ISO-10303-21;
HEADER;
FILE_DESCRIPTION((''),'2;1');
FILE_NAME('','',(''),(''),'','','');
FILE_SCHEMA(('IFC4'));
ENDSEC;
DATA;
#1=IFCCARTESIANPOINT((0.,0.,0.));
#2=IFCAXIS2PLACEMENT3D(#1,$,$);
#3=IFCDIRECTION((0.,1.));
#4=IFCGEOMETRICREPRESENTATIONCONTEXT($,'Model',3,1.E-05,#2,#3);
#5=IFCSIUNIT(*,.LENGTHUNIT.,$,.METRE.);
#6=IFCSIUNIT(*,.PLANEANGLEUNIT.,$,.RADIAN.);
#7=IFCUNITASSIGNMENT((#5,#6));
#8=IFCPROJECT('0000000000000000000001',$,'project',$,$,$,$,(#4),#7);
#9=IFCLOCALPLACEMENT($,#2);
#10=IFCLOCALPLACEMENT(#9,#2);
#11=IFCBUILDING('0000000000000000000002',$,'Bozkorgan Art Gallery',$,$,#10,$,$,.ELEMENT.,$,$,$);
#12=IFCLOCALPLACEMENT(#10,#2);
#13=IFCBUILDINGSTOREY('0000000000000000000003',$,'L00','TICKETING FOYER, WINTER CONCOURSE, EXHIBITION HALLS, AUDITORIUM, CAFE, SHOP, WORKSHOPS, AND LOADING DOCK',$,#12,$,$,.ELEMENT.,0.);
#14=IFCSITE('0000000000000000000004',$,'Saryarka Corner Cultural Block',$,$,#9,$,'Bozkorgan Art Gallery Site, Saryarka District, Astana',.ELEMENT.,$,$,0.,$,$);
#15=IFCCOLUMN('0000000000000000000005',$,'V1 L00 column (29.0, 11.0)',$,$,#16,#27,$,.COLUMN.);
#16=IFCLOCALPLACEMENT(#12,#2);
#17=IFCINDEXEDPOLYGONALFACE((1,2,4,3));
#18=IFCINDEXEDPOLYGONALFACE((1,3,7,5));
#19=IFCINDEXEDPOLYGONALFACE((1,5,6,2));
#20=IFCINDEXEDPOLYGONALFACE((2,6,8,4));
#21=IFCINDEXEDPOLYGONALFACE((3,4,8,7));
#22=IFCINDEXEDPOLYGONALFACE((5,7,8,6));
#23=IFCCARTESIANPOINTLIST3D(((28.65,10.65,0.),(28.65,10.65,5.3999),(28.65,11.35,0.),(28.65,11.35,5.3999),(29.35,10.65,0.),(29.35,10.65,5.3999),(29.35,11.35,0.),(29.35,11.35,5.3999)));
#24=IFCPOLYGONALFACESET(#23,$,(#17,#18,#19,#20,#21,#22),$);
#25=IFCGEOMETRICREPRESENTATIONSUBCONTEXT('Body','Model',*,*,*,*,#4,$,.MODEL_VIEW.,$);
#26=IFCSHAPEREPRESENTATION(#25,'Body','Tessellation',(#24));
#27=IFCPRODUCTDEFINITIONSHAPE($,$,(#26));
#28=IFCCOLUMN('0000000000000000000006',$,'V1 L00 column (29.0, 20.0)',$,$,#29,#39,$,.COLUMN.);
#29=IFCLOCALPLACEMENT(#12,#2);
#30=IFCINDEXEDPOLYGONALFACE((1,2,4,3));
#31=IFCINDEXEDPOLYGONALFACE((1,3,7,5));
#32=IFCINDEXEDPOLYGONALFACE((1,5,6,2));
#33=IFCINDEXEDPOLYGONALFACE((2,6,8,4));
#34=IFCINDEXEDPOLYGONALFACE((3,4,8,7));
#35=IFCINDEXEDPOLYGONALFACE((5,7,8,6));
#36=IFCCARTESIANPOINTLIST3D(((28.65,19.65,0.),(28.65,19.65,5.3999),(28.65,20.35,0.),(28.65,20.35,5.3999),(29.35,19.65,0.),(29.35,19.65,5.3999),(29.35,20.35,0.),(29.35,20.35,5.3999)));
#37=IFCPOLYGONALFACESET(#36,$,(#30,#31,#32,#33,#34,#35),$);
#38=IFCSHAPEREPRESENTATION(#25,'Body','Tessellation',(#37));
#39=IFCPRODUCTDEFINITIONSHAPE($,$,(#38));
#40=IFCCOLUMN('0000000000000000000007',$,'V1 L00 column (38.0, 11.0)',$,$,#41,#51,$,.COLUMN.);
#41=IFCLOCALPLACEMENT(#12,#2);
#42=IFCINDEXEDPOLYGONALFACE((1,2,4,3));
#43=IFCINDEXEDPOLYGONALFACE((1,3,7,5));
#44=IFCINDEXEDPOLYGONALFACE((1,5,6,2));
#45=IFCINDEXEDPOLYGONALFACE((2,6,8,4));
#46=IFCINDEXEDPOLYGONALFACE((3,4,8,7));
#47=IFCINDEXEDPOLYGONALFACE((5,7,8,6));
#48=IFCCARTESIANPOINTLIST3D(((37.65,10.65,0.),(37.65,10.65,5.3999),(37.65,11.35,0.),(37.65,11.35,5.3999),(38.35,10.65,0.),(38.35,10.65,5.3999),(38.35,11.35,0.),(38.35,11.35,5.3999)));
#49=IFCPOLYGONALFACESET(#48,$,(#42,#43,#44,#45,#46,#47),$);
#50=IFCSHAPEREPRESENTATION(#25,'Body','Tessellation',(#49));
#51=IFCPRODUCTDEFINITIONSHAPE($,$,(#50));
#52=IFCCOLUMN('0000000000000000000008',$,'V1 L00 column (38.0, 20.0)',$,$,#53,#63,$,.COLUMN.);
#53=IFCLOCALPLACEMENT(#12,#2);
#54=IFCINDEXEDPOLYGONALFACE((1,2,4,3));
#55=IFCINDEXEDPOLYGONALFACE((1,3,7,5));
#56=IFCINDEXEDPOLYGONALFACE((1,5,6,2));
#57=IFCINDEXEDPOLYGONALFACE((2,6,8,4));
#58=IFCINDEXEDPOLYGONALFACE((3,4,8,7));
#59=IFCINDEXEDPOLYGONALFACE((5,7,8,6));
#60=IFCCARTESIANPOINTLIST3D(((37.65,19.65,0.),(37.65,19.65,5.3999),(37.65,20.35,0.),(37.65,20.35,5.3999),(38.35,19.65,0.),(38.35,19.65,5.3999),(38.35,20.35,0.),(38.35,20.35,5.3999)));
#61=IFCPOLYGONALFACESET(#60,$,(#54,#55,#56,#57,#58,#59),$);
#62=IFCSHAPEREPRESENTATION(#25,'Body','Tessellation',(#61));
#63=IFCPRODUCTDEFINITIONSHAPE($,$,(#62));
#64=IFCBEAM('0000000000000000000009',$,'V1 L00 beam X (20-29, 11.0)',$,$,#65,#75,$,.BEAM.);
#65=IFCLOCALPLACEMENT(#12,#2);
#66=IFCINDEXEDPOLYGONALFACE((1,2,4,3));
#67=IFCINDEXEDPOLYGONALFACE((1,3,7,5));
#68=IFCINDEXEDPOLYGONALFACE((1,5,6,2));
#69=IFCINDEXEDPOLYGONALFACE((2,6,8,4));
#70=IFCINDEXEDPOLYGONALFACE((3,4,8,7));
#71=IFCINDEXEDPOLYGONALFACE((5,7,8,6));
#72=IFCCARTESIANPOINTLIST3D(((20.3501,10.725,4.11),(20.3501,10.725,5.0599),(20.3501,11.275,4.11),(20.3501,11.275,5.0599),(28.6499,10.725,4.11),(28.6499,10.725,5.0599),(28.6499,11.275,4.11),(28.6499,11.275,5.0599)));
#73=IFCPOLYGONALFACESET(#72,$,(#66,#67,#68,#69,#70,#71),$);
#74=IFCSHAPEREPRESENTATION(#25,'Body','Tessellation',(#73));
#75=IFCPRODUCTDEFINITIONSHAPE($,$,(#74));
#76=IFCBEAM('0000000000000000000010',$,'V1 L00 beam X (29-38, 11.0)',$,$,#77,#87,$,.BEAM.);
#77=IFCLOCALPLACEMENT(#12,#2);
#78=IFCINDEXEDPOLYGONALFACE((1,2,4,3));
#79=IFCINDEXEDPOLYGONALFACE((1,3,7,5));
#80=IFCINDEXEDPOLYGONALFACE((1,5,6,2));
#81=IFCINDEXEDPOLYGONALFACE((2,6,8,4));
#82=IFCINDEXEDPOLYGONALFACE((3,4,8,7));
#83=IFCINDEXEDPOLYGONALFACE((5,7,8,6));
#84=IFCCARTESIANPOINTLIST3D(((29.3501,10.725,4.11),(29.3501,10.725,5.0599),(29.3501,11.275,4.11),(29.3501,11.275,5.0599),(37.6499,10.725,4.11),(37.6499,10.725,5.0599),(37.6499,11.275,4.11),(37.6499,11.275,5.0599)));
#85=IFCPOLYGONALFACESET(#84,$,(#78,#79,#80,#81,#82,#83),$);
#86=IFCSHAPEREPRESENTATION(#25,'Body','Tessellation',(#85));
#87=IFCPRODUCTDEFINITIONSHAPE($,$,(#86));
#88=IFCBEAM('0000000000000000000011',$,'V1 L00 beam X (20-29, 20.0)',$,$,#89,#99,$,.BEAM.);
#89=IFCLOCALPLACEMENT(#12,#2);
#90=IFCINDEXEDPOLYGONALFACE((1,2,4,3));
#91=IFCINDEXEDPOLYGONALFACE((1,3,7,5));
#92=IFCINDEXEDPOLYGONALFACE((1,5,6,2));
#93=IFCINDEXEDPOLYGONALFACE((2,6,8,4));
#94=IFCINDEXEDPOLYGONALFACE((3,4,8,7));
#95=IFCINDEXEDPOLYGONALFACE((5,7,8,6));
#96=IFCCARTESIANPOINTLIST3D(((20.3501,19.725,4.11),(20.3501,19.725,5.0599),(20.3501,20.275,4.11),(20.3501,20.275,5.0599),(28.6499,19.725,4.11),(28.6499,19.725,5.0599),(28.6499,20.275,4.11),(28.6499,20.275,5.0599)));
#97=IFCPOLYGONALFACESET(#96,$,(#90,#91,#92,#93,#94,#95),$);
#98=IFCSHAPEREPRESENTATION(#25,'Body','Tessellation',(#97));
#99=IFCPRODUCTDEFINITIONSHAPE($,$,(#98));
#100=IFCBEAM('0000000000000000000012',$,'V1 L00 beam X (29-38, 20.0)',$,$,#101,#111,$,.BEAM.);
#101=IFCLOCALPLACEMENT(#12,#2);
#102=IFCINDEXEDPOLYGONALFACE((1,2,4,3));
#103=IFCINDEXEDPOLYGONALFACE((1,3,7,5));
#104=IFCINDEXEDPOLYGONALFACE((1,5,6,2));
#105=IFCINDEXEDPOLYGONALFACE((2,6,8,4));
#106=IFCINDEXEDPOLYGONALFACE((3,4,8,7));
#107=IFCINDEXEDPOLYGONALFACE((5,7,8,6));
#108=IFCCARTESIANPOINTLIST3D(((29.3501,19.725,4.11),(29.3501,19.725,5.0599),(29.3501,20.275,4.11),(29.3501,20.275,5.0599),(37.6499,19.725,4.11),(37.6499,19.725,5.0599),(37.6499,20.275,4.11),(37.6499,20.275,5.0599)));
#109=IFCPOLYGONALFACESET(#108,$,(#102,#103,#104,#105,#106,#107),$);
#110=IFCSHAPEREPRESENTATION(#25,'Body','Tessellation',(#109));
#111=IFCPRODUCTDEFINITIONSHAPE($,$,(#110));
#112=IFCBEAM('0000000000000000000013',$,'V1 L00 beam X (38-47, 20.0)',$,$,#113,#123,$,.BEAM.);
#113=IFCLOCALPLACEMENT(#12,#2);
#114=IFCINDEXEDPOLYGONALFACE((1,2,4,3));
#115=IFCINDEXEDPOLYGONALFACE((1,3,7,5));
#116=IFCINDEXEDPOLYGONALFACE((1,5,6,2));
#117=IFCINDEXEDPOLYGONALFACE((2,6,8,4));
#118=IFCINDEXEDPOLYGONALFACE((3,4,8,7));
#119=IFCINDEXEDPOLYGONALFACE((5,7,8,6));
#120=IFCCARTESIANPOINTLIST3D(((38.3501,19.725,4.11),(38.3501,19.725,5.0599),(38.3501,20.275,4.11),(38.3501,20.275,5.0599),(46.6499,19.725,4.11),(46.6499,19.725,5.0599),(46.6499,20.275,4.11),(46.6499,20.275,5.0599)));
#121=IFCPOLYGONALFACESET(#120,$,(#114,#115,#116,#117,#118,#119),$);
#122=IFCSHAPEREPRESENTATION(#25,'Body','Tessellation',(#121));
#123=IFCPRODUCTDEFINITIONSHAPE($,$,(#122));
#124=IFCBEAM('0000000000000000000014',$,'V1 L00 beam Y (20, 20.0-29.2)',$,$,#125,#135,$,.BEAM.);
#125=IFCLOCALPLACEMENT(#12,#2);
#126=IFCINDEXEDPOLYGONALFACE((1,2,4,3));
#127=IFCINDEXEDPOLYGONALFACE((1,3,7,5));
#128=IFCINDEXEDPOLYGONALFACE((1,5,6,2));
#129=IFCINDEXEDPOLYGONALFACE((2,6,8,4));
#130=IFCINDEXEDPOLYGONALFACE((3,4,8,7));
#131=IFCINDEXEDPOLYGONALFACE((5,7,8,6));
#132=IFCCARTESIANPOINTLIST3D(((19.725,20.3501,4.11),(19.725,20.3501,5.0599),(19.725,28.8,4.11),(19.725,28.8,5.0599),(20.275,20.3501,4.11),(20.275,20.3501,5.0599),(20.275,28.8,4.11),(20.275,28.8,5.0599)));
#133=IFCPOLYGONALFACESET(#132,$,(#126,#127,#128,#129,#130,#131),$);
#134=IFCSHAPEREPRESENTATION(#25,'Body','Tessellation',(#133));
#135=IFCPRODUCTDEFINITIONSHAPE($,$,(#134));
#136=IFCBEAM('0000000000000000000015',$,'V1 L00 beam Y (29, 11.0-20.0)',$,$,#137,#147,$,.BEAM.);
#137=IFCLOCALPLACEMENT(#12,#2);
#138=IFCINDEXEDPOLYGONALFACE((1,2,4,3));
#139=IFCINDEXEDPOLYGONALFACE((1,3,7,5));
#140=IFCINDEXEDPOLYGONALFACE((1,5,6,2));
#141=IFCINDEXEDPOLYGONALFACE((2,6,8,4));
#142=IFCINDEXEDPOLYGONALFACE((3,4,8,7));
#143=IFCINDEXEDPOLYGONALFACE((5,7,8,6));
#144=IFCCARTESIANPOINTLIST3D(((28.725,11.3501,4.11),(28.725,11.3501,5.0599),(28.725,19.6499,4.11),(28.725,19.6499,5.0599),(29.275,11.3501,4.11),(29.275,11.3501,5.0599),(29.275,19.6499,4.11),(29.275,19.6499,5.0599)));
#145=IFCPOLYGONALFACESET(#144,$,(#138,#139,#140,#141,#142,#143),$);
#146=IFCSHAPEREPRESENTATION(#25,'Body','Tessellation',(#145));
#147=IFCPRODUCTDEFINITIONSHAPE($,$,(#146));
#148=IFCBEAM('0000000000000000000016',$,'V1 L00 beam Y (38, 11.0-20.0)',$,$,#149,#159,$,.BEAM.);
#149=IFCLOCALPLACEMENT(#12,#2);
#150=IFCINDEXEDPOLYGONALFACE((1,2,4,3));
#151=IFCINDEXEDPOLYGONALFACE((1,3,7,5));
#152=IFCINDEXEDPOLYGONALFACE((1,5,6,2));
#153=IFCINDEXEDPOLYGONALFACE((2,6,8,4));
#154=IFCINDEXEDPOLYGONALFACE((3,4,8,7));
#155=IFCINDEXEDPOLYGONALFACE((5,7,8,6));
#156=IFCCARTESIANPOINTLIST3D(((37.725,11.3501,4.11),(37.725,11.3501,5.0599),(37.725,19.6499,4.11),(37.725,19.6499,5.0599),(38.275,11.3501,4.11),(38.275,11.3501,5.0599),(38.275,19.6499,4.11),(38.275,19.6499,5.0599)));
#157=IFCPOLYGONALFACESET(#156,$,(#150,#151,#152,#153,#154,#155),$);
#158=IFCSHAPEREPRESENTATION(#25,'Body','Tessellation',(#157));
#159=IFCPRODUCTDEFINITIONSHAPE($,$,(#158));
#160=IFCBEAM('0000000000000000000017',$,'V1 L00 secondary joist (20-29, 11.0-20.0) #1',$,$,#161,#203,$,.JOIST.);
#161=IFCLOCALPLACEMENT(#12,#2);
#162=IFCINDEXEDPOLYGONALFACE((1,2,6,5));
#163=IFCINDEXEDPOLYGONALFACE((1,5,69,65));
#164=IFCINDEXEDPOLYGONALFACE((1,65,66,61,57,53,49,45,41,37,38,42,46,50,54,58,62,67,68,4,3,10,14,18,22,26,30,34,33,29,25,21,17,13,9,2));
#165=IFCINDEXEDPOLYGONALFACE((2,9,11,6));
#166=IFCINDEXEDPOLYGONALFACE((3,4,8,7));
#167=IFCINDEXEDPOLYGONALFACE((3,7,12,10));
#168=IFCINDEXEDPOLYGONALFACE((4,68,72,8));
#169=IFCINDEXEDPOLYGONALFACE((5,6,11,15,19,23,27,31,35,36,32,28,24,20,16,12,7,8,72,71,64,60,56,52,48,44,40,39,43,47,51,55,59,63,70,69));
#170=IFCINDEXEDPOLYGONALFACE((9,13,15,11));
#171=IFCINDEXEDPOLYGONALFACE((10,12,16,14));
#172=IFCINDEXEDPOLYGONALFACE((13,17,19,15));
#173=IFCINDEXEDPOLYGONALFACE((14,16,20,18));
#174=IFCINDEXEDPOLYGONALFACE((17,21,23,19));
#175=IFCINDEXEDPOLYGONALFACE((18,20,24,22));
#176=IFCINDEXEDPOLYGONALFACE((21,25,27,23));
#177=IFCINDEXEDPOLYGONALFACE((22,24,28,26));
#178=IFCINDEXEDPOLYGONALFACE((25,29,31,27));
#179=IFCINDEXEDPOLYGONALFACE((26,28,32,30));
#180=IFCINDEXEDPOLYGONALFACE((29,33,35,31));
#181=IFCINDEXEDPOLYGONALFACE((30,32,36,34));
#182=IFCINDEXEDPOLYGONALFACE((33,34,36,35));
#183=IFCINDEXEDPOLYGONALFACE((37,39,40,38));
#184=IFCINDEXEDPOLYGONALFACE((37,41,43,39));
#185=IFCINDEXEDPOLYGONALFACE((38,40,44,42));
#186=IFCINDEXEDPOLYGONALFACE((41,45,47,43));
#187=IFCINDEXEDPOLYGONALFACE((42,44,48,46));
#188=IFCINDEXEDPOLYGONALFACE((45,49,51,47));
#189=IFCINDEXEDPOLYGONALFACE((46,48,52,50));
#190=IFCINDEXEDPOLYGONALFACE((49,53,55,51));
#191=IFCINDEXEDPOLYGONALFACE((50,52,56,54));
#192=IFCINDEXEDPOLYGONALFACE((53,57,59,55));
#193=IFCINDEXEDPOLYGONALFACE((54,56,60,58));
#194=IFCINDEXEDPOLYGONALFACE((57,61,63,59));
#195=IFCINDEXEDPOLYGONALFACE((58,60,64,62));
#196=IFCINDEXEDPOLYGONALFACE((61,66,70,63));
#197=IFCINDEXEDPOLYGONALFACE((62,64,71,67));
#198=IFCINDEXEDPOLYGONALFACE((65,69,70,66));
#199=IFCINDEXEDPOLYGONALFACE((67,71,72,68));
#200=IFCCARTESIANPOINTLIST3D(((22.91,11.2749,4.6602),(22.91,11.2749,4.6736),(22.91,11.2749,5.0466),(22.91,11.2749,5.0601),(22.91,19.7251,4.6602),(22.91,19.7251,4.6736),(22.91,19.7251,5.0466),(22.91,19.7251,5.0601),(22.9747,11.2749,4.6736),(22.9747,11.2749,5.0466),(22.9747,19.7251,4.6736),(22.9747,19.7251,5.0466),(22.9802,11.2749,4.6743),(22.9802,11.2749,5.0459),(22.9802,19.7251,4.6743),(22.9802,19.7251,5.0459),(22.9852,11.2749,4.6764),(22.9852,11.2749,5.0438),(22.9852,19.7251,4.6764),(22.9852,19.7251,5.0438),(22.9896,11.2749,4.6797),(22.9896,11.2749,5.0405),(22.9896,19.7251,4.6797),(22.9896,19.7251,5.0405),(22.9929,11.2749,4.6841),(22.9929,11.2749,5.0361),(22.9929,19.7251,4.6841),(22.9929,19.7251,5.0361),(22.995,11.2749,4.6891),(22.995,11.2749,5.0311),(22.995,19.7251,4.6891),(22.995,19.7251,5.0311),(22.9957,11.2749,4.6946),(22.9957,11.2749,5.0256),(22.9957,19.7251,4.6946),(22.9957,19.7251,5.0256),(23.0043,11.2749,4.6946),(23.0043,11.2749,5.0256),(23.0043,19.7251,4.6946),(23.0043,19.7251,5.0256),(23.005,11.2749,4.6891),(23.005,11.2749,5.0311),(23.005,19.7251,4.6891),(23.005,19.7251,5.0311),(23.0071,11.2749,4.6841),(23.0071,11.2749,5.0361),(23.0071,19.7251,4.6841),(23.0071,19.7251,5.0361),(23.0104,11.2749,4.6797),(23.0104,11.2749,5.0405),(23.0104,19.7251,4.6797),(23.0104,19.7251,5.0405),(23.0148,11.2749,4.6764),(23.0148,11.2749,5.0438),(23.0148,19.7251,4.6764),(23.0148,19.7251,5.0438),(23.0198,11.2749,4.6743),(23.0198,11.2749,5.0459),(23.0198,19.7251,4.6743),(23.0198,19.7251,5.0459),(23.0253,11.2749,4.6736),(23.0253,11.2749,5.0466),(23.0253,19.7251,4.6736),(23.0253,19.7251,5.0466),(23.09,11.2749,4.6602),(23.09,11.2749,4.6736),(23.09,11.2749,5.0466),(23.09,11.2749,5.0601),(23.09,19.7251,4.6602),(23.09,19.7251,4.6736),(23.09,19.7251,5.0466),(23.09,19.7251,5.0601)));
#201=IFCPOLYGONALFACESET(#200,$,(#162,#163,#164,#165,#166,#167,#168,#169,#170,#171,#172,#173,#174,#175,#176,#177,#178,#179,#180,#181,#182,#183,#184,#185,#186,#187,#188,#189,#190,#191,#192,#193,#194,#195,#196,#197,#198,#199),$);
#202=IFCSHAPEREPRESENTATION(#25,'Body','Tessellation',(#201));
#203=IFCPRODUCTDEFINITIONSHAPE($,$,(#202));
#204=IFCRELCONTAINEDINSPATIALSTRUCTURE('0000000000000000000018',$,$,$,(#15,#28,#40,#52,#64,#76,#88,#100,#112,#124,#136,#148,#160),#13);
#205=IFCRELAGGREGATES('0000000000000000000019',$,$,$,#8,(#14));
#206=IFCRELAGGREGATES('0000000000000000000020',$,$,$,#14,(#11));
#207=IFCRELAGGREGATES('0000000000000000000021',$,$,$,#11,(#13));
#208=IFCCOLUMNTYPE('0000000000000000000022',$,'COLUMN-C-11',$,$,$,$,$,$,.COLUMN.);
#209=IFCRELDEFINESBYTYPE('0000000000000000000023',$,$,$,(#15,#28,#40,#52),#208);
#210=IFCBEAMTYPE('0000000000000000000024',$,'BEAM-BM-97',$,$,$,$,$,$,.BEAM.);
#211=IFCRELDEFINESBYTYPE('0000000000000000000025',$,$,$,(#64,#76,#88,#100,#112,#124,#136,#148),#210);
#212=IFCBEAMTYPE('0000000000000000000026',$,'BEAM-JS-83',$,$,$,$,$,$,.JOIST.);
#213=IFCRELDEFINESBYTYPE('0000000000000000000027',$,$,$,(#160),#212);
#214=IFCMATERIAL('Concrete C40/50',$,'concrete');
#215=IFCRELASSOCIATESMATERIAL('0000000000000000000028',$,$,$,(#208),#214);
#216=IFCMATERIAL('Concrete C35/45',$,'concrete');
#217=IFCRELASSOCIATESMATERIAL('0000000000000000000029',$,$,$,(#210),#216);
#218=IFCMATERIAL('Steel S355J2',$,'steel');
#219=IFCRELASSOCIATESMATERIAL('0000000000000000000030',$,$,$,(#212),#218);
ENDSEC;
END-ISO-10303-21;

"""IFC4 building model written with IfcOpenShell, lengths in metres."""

from ifc_helpers import new_model, si_unit, direction, frame, origin, origin_2d, place, context, subcontext, project, spatial, rectangle, i_section, extrude, material, material_profile, profile_set, type_object, element, save


model = new_model("IFC4")

# Units and contexts
model_context = context("Model", 3, precision=1e-05, world=origin(), true_north=direction((0.0, 1.0)))
body_context = subcontext(model_context, "Body", "Model", "MODEL_VIEW")
ifc_project = project(units=[si_unit("LENGTHUNIT", "METRE"), si_unit("PLANEANGLEUNIT", "RADIAN")], contexts=[model_context])

# Site, building, storey
site_placement = place(None, origin())
site = spatial("IfcSite", under=ifc_project, at=site_placement, Name="Saryarka Corner Cultural Block", LongName="Bozkorgan Art Gallery Site, Saryarka District, Astana", CompositionType="ELEMENT", RefElevation=0.0)
building_placement = place(site_placement, origin())
building = spatial("IfcBuilding", under=site, at=building_placement, Name="Bozkorgan Art Gallery", CompositionType="ELEMENT")
storey_placement = place(building_placement, origin())
storey = spatial("IfcBuildingStorey", under=building, at=storey_placement, Name="L00", Description="TICKETING FOYER, WINTER CONCOURSE, EXHIBITION HALLS, AUDITORIUM, CAFE, SHOP, WORKSHOPS, AND LOADING DOCK", CompositionType="ELEMENT", Elevation=0.0)

# Columns
ifc_material_1 = material(Name="Concrete C40/50", Category="concrete")
ifc_material_profile_1 = material_profile(ifc_material_1, rectangle(XDim=0.7, YDim=0.7, at=origin_2d()), Name="RC 700x700")
ifc_profile_set_1 = profile_set([ifc_material_profile_1], Name="Concrete C40/50")
column_type = type_object("IfcColumnType", Name="COLUMN-C-11", PredefinedType="COLUMN", material=ifc_profile_set_1)
for number, where, z_axis, x_axis, name in (
    (1, (29.0, 11.0, 0.0), (0.0, 0.0, 1.0), (1.0, 0.0, 0.0), "V1 L00 column (29.0, 11.0)"),
    (2, (29.0, 20.0, 0.0), (0.0, 0.0, 1.0), (1.0, 0.0, 0.0), "V1 L00 column (29.0, 20.0)"),
    (3, (38.0, 11.0, 0.0), (0.0, 0.0, 1.0), (1.0, 0.0, 0.0), "V1 L00 column (38.0, 11.0)"),
    (4, (38.0, 20.0, 0.0), (0.0, 0.0, 1.0), (1.0, 0.0, 0.0), "V1 L00 column (38.0, 20.0)"),
):
    element("IfcColumn", number, at=place(storey_placement, frame(where, z_axis=z_axis, x_axis=x_axis)), inside=storey, type_object=column_type, Name=name, PredefinedType="COLUMN", context=body_context, shape_type="SweptSolid", body=[
        extrude(rectangle(XDim=0.7, YDim=0.7, at=origin_2d()), origin(), (0.0, 0.0, 1.0), 5.3999),
    ])

# Beams
ifc_material_2 = material(Name="Concrete C35/45", Category="concrete")
ifc_material_profile_2 = material_profile(ifc_material_2, rectangle(XDim=0.55, YDim=0.95, at=origin_2d()), Name="RC 550x950")
ifc_profile_set_2 = profile_set([ifc_material_profile_2], Name="Concrete C35/45")
beam_type_1 = type_object("IfcBeamType", Name="BEAM-BM-97", PredefinedType="BEAM", material=ifc_profile_set_2)
for number, where, z_axis, x_axis, name in (
    (5, (20.3501, 11.0, 4.585), (1.0, 0.0, 0.0), (0.0, 1.0, 0.0), "V1 L00 beam X (20-29, 11.0)"),
    (6, (29.3501, 11.0, 4.585), (1.0, 0.0, 0.0), (0.0, 1.0, 0.0), "V1 L00 beam X (29-38, 11.0)"),
    (7, (20.3501, 20.0, 4.585), (1.0, 0.0, 0.0), (0.0, 1.0, 0.0), "V1 L00 beam X (20-29, 20.0)"),
    (8, (29.3501, 20.0, 4.585), (1.0, 0.0, 0.0), (0.0, 1.0, 0.0), "V1 L00 beam X (29-38, 20.0)"),
    (9, (38.3501, 20.0, 4.585), (1.0, 0.0, 0.0), (0.0, 1.0, 0.0), "V1 L00 beam X (38-47, 20.0)"),
):
    element("IfcBeam", number, at=place(storey_placement, frame(where, z_axis=z_axis, x_axis=x_axis)), inside=storey, type_object=beam_type_1, Name=name, PredefinedType="BEAM", context=body_context, shape_type="SweptSolid", body=[
        extrude(rectangle(XDim=0.55, YDim=0.95, at=origin_2d()), origin(), (0.0, 0.0, 1.0), 8.2998),
    ])
beam_placement = place(storey_placement, frame((20.0, 20.3501, 4.585), z_axis=(0.0, 1.0, 0.0), x_axis=(-1.0, 0.0, 0.0)))
element("IfcBeam", 10, at=beam_placement, inside=storey, type_object=beam_type_1, Name="V1 L00 beam Y (20, 20.0-29.2)", PredefinedType="BEAM", context=body_context, shape_type="SweptSolid", body=[
    extrude(rectangle(XDim=0.55, YDim=0.95, at=origin_2d()), origin(), (0.0, 0.0, 1.0), 8.45),
])
for number, where, z_axis, x_axis, name in (
    (11, (29.0, 11.3501, 4.585), (0.0, 1.0, 0.0), (-1.0, 0.0, 0.0), "V1 L00 beam Y (29, 11.0-20.0)"),
    (12, (38.0, 11.3501, 4.585), (0.0, 1.0, 0.0), (-1.0, 0.0, 0.0), "V1 L00 beam Y (38, 11.0-20.0)"),
):
    element("IfcBeam", number, at=place(storey_placement, frame(where, z_axis=z_axis, x_axis=x_axis)), inside=storey, type_object=beam_type_1, Name=name, PredefinedType="BEAM", context=body_context, shape_type="SweptSolid", body=[
        extrude(rectangle(XDim=0.55, YDim=0.95, at=origin_2d()), origin(), (0.0, 0.0, 1.0), 8.2998),
    ])
ifc_material_3 = material(Name="Steel S355J2", Category="steel")
ifc_material_profile_3 = material_profile(ifc_material_3, i_section(OverallWidth=0.1799, OverallDepth=0.3999, WebThickness=0.0085, FlangeThickness=0.0134, FilletRadius=0.021, at=origin_2d()), Name="IPE 400")
ifc_profile_set_3 = profile_set([ifc_material_profile_3], Name="Steel S355J2")
beam_type_2 = type_object("IfcBeamType", Name="BEAM-JS-83", PredefinedType="JOIST", material=ifc_profile_set_3)
for number, where, z_axis, x_axis, name in (
    (13, (23.0, 11.2749, 4.8601), (0.0, 1.0, 0.0), (-1.0, 0.0, 0.0), "V1 L00 secondary joist (20-29, 11.0-20.0) #1"),
):
    element("IfcBeam", number, at=place(storey_placement, frame(where, z_axis=z_axis, x_axis=x_axis)), inside=storey, type_object=beam_type_2, Name=name, PredefinedType="JOIST", context=body_context, shape_type="SweptSolid", body=[
        extrude(i_section(OverallWidth=0.1799, OverallDepth=0.3999, WebThickness=0.0085, FlangeThickness=0.0134, FilletRadius=0.021, at=origin_2d()), origin(), (0.0, 0.0, 1.0), 8.4502),
    ])

save(model, "model.ifc")
